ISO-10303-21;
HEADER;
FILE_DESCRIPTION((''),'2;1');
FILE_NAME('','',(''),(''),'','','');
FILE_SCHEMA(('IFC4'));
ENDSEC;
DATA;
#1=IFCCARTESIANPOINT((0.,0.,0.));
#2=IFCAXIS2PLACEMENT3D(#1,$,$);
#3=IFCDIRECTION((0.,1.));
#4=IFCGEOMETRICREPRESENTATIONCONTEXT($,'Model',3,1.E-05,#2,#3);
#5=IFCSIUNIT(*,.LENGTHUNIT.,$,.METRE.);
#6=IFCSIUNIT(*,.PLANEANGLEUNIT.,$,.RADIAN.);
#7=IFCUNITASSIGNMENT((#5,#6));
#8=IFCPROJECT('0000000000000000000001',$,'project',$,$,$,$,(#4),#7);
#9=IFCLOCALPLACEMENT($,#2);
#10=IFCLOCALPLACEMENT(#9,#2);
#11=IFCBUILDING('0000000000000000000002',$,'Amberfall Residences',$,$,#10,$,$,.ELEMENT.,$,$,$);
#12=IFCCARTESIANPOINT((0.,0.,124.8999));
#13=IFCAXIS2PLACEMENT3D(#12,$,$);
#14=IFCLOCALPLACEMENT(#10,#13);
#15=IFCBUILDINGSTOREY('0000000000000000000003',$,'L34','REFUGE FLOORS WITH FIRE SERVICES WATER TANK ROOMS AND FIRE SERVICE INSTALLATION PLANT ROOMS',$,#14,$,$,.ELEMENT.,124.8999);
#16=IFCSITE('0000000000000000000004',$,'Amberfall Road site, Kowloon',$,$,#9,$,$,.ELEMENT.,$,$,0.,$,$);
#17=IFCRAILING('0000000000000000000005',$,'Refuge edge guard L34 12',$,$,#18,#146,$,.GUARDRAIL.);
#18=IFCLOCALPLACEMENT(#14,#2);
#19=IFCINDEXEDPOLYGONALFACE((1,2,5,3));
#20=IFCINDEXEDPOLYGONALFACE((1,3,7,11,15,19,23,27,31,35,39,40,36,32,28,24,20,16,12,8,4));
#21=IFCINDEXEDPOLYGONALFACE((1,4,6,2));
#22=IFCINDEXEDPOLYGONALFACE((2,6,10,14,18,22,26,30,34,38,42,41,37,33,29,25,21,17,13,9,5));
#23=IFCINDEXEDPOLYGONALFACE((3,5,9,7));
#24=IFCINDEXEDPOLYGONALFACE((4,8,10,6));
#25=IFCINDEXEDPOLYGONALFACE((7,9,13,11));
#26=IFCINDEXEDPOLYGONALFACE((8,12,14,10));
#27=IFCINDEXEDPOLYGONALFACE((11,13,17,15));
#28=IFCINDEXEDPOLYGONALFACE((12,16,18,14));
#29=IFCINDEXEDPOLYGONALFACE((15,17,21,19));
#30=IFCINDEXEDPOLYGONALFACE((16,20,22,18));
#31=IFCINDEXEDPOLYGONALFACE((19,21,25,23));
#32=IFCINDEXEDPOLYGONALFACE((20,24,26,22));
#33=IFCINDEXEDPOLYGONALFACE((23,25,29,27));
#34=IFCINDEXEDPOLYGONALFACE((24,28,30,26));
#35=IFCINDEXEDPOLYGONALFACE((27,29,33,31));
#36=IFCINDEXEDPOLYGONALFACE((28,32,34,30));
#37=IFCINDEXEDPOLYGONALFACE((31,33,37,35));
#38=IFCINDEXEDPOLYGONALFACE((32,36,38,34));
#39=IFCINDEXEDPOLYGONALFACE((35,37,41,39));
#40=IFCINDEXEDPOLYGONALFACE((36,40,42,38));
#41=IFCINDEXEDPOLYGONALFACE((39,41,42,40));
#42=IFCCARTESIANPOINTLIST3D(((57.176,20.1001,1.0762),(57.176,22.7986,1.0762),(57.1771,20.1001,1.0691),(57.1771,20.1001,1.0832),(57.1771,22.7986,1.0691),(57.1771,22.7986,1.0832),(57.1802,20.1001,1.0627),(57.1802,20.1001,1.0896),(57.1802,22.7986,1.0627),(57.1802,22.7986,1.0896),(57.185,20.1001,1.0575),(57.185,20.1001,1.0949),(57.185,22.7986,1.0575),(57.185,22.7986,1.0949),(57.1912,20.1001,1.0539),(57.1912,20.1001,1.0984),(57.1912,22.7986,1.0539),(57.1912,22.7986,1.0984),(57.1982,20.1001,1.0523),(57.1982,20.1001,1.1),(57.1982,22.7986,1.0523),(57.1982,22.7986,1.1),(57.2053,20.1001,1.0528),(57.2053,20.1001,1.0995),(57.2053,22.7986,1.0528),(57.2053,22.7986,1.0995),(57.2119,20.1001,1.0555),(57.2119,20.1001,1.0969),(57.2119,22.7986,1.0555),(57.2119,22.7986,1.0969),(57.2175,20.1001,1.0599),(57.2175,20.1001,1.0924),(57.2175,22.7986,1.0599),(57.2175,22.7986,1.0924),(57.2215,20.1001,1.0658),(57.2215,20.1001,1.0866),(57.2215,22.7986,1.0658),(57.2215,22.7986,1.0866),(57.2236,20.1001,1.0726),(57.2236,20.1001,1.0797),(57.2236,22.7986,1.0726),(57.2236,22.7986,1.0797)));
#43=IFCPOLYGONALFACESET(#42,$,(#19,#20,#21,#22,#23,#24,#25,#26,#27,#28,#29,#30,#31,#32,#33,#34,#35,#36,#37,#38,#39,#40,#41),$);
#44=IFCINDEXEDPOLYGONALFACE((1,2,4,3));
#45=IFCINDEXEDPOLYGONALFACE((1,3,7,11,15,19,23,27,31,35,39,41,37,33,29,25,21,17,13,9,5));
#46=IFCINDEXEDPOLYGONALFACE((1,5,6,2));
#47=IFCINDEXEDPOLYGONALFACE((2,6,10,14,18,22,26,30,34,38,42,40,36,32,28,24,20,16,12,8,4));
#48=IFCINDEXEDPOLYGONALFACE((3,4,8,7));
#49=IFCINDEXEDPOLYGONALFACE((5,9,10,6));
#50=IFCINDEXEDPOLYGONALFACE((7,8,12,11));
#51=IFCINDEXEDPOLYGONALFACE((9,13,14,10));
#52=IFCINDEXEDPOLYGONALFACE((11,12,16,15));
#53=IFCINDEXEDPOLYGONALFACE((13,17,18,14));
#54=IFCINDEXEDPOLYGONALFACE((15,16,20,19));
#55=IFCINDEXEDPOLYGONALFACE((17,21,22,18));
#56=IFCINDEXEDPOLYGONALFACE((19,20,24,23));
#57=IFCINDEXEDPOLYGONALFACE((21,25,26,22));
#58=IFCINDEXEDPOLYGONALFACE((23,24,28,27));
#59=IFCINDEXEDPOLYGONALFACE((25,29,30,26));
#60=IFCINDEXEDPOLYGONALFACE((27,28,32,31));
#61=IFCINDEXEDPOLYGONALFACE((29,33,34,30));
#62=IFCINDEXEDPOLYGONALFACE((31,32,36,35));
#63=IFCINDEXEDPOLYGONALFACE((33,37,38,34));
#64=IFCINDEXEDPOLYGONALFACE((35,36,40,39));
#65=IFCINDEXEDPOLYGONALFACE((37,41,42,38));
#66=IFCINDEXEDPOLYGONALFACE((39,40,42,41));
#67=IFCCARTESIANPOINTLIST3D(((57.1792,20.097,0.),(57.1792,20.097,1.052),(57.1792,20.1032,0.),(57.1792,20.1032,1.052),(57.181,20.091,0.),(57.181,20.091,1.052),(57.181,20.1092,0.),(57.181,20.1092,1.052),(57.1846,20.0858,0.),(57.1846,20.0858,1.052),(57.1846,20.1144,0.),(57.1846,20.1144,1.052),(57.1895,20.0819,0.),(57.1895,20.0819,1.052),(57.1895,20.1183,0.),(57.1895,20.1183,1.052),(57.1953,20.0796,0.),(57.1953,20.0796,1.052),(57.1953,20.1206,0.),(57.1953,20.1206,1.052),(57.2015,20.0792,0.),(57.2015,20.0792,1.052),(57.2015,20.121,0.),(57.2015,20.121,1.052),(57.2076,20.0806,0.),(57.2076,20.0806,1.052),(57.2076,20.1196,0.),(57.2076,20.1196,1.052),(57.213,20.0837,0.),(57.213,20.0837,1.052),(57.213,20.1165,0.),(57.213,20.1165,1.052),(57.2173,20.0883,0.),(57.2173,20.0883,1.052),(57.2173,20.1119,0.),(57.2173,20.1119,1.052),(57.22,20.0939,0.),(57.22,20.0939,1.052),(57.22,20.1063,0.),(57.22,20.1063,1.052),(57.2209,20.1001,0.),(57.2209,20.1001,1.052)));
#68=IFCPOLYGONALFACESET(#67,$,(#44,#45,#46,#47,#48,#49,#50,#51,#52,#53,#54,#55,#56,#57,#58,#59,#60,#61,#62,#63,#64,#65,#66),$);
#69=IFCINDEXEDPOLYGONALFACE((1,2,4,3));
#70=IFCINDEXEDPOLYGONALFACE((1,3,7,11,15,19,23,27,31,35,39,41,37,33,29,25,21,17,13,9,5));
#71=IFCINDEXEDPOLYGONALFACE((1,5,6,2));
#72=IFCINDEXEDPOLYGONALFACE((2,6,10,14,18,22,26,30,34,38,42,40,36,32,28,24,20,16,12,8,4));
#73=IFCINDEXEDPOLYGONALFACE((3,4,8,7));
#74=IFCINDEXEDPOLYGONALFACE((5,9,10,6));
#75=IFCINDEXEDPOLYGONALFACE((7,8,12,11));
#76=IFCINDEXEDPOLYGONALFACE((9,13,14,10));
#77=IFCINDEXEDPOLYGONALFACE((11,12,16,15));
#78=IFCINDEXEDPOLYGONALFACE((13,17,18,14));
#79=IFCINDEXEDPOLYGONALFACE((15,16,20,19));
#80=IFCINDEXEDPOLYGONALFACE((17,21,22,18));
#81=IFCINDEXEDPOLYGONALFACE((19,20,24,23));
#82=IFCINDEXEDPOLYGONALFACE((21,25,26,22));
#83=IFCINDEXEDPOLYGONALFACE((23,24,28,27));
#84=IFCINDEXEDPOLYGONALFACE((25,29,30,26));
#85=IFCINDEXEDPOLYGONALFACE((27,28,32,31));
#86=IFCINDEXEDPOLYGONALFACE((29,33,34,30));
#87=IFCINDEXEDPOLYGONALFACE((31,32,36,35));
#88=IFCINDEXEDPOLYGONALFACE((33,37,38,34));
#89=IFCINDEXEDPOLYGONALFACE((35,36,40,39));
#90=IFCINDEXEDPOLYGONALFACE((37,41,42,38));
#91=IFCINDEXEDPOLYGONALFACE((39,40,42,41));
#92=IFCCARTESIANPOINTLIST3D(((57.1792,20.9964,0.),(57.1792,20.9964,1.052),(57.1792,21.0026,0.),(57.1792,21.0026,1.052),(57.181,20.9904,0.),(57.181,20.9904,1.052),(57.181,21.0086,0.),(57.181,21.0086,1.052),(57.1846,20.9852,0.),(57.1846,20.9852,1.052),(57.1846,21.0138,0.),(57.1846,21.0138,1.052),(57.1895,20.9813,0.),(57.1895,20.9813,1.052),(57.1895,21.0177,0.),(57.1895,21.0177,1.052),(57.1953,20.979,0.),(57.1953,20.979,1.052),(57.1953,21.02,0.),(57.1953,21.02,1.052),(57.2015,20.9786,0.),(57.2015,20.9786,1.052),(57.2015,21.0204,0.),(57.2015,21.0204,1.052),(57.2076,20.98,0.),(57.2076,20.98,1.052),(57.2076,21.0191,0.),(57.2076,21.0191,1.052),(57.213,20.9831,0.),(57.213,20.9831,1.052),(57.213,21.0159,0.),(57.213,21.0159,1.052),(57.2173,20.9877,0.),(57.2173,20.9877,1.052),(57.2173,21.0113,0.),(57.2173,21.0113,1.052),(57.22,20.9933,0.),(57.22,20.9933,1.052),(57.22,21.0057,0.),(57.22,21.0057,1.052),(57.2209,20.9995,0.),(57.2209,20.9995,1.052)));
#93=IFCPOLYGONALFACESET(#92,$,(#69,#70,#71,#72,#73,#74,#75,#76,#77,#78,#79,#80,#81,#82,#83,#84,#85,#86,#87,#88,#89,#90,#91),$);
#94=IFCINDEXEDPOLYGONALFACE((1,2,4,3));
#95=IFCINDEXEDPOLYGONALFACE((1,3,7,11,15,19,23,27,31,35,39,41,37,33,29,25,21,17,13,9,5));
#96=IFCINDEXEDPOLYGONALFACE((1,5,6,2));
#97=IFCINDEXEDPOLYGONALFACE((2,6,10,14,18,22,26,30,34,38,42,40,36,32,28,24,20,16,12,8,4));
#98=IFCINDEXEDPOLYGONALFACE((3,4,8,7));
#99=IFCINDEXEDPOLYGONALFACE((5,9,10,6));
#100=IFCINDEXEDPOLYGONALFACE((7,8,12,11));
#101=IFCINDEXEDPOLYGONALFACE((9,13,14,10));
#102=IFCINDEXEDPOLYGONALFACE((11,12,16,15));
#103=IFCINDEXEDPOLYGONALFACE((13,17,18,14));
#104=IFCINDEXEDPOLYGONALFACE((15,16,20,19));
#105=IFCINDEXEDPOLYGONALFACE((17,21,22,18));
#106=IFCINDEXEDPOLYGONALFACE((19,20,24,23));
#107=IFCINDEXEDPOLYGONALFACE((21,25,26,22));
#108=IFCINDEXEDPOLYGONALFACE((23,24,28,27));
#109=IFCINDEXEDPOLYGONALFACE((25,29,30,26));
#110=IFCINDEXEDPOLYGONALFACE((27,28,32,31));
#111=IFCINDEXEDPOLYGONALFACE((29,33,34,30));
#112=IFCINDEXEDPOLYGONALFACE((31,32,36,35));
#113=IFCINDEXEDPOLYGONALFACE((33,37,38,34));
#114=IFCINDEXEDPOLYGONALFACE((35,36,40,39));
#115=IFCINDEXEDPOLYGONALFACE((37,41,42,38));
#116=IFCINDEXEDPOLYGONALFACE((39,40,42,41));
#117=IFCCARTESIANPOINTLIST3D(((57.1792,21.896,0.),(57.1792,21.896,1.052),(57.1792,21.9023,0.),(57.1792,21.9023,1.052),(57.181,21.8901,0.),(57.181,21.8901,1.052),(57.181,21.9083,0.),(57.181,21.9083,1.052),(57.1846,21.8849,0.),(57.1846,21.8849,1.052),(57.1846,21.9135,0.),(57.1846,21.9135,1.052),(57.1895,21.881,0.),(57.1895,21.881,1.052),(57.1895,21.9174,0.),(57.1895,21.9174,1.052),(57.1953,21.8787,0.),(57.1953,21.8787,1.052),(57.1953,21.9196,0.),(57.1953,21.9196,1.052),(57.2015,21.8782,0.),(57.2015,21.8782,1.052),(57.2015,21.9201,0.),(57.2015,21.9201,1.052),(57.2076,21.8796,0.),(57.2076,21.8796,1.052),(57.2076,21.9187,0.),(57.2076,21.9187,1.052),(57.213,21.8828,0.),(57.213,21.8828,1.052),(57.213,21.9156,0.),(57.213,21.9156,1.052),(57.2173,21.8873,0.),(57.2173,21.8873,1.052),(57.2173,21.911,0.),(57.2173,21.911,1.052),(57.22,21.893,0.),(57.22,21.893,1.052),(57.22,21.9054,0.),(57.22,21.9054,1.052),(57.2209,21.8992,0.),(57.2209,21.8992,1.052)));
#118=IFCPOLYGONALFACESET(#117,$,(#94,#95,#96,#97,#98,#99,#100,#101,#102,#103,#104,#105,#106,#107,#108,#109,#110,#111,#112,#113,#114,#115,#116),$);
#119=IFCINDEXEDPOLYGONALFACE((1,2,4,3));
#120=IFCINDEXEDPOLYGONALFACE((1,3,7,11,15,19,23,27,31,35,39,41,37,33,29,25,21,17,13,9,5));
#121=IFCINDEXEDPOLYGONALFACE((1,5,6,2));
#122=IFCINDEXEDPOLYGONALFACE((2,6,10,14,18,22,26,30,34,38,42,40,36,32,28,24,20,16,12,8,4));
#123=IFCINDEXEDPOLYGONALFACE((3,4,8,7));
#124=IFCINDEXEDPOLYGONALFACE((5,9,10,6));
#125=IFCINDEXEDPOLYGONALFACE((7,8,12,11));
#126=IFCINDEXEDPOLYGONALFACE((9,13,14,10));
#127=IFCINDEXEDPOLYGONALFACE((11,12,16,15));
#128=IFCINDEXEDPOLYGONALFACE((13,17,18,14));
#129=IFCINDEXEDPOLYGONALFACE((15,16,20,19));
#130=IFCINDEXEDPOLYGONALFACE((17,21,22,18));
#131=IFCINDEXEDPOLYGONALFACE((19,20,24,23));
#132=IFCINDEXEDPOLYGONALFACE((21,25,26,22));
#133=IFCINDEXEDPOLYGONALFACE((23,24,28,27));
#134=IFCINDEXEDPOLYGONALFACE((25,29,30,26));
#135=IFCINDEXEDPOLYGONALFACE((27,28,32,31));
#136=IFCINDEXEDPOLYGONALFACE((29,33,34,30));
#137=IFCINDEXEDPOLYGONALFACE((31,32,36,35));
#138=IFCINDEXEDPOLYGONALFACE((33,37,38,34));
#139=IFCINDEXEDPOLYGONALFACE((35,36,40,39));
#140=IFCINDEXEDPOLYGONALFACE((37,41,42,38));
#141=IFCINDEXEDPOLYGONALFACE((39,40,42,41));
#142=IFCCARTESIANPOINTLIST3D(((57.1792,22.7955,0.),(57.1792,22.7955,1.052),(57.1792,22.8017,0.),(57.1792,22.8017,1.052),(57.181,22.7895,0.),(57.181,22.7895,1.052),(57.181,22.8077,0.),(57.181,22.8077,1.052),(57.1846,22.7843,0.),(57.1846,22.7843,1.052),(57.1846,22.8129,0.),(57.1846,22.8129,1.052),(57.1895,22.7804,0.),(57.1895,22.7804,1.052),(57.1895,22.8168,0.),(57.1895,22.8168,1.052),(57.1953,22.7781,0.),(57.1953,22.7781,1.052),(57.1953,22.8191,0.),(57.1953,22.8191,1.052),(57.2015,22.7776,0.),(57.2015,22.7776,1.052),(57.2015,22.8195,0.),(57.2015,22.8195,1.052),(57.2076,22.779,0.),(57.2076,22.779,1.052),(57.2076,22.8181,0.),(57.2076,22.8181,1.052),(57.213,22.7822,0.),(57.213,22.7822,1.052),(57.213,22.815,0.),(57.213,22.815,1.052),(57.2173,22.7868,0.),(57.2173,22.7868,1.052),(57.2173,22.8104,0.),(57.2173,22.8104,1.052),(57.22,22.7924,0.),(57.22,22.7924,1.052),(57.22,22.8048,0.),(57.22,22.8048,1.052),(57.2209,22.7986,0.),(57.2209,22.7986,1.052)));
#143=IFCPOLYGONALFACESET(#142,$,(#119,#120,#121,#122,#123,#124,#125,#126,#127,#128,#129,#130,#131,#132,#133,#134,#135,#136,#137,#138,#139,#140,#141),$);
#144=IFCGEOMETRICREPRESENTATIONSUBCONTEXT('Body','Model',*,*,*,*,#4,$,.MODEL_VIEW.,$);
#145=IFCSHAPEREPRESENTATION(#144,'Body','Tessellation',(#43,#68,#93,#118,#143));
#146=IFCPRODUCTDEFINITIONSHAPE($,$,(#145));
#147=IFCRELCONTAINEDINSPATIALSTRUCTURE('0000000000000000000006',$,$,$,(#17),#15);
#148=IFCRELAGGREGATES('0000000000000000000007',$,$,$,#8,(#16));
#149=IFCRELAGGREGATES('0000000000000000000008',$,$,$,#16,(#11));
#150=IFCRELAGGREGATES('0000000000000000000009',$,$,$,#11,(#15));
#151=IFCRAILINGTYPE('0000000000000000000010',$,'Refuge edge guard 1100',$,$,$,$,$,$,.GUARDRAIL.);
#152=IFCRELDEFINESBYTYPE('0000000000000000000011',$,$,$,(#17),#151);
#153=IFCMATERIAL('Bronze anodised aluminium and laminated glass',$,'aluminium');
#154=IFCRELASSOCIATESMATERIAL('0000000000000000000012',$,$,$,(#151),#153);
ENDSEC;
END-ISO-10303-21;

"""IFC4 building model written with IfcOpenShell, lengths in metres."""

from ifc_helpers import new_model, si_unit, direction, frame, origin, origin_2d, place, context, subcontext, project, spatial, circle, extrude, material, type_object, element, save


model = new_model("IFC4")

# Units and contexts
model_context = context("Model", 3, precision=1e-05, world=origin(), true_north=direction((0.0, 1.0)))
body_context = subcontext(model_context, "Body", "Model", "MODEL_VIEW")
ifc_project = project(units=[si_unit("LENGTHUNIT", "METRE"), si_unit("PLANEANGLEUNIT", "RADIAN")], contexts=[model_context])

# Site, building, storey
site_placement = place(None, origin())
site = spatial("IfcSite", under=ifc_project, at=site_placement, Name="Amberfall Road site, Kowloon", CompositionType="ELEMENT", RefElevation=0.0)
building_placement = place(site_placement, origin())
building = spatial("IfcBuilding", under=site, at=building_placement, Name="Amberfall Residences", CompositionType="ELEMENT")
storey_placement = place(building_placement, frame((0.0, 0.0, 124.8999)))
storey = spatial("IfcBuildingStorey", under=building, at=storey_placement, Name="L34", Description="REFUGE FLOORS WITH FIRE SERVICES WATER TANK ROOMS AND FIRE SERVICE INSTALLATION PLANT ROOMS", CompositionType="ELEMENT", Elevation=124.8999)

# Railing
ifc_material_1 = material(Name="Bronze anodised aluminium and laminated glass", Category="aluminium")
railing_type = type_object("IfcRailingType", Name="Refuge edge guard 1100", PredefinedType="GUARDRAIL", material=ifc_material_1)
railing_1_placement = place(storey_placement, frame((57.2, 20.1001, 0.0)))
element("IfcRailing", 1, at=railing_1_placement, inside=storey, type_object=railing_type, Name="Refuge edge guard L34 12", PredefinedType="GUARDRAIL", context=body_context, shape_type="SweptSolid", body=[
    extrude(circle(Radius=0.0239, at=origin_2d()), frame((0.0, 0.0, 1.0762), z_axis=(0.0, 1.0, 0.0), x_axis=(-1.0, 0.0, 0.0)), (0.0, 0.0, 1.0), 2.6985),
    extrude(circle(Radius=0.021, at=origin_2d()), origin(), (0.0, 0.0, 1.0), 1.052),
    extrude(circle(Radius=0.021, at=origin_2d()), frame((0.0, 0.8994, 0.0)), (0.0, 0.0, 1.0), 1.052),
    extrude(circle(Radius=0.021, at=origin_2d()), frame((0.0, 1.7991, 0.0)), (0.0, 0.0, 1.0), 1.052),
    extrude(circle(Radius=0.021, at=origin_2d()), frame((0.0, 2.6985, 0.0)), (0.0, 0.0, 1.0), 1.052),
])

save(model, "model.ifc")
